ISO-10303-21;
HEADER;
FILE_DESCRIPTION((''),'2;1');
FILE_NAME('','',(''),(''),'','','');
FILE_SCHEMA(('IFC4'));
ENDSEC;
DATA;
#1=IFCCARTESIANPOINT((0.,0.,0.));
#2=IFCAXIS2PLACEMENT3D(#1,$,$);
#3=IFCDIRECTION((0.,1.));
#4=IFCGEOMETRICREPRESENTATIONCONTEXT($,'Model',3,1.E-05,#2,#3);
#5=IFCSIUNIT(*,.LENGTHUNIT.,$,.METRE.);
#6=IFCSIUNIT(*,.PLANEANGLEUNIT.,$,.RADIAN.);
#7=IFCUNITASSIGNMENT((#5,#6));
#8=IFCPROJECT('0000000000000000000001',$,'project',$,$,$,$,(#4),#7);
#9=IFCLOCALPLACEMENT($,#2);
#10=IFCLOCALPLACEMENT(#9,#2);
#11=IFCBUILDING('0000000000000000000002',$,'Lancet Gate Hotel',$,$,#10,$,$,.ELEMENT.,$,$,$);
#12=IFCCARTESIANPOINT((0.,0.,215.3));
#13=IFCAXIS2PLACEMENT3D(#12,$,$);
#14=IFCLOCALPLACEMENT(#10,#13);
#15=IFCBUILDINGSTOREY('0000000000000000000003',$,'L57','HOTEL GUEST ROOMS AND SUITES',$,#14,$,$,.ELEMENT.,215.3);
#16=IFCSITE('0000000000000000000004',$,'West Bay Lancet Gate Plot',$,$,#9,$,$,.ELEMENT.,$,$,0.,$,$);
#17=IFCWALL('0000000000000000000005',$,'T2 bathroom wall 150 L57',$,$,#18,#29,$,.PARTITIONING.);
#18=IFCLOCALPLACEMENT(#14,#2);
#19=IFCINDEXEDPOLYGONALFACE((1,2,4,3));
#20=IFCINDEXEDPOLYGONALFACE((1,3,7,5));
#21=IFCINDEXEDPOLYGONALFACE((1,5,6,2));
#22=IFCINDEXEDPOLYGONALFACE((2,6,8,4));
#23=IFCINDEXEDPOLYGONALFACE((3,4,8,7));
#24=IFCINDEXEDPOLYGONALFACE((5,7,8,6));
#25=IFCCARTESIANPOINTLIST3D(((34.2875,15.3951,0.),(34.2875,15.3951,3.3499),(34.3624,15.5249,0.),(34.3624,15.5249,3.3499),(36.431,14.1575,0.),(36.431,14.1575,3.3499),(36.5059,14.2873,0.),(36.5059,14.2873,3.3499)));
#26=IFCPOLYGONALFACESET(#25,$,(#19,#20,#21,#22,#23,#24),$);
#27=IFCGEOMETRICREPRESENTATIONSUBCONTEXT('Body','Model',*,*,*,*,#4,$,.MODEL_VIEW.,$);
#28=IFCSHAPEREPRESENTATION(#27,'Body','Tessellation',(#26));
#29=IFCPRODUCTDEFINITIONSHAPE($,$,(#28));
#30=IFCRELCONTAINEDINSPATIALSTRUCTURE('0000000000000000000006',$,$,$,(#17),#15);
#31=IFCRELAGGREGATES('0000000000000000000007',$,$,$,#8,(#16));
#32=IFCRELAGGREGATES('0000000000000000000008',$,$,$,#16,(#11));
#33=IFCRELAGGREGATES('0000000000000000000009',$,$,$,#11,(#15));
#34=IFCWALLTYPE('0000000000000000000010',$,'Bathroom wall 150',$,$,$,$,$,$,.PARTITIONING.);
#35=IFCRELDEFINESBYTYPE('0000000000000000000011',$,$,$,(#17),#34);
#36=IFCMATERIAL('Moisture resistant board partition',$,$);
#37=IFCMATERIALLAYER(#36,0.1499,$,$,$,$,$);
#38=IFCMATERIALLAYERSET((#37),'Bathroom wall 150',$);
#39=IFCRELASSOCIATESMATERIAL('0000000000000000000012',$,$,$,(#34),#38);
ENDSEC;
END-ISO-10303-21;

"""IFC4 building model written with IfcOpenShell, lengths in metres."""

from ifc_helpers import new_model, si_unit, direction, frame, frame_2d, origin, place, context, subcontext, project, spatial, rectangle, extrude, material, layer, layer_set, type_object, element, save


model = new_model("IFC4")

# Units and contexts
model_context = context("Model", 3, precision=1e-05, world=origin(), true_north=direction((0.0, 1.0)))
body_context = subcontext(model_context, "Body", "Model", "MODEL_VIEW")
ifc_project = project(units=[si_unit("LENGTHUNIT", "METRE"), si_unit("PLANEANGLEUNIT", "RADIAN")], contexts=[model_context])

# Site, building, storey
site_placement = place(None, origin())
site = spatial("IfcSite", under=ifc_project, at=site_placement, Name="West Bay Lancet Gate Plot", CompositionType="ELEMENT", RefElevation=0.0)
building_placement = place(site_placement, origin())
building = spatial("IfcBuilding", under=site, at=building_placement, Name="Lancet Gate Hotel", CompositionType="ELEMENT")
storey_placement = place(building_placement, frame((0.0, 0.0, 215.3)))
storey = spatial("IfcBuildingStorey", under=building, at=storey_placement, Name="L57", Description="HOTEL GUEST ROOMS AND SUITES", CompositionType="ELEMENT", Elevation=215.3)

# Wall
ifc_material_1 = material(Name="Moisture resistant board partition")
ifc_layer_1 = layer(ifc_material_1, 0.1499)
ifc_layer_set_1 = layer_set([ifc_layer_1], Name="Bathroom wall 150")
wall_type = type_object("IfcWallType", Name="Bathroom wall 150", PredefinedType="PARTITIONING", material=ifc_layer_set_1)
wall_placement = place(storey_placement, frame((34.325, 15.46, 0.0), z_axis=(0.0, 0.0, 1.0), x_axis=(0.866031, -0.49999, 0.0)))
element("IfcWall", 1, at=wall_placement, inside=storey, type_object=wall_type, Name="T2 bathroom wall 150 L57", PredefinedType="PARTITIONING", context=body_context, shape_type="SweptSolid", body=[
    extrude(rectangle(XDim=2.4751, YDim=0.1499, at=frame_2d((1.2375, 0.0))), origin(), (0.0, 0.0, 1.0), 3.3499),
])

save(model, "model.ifc")
